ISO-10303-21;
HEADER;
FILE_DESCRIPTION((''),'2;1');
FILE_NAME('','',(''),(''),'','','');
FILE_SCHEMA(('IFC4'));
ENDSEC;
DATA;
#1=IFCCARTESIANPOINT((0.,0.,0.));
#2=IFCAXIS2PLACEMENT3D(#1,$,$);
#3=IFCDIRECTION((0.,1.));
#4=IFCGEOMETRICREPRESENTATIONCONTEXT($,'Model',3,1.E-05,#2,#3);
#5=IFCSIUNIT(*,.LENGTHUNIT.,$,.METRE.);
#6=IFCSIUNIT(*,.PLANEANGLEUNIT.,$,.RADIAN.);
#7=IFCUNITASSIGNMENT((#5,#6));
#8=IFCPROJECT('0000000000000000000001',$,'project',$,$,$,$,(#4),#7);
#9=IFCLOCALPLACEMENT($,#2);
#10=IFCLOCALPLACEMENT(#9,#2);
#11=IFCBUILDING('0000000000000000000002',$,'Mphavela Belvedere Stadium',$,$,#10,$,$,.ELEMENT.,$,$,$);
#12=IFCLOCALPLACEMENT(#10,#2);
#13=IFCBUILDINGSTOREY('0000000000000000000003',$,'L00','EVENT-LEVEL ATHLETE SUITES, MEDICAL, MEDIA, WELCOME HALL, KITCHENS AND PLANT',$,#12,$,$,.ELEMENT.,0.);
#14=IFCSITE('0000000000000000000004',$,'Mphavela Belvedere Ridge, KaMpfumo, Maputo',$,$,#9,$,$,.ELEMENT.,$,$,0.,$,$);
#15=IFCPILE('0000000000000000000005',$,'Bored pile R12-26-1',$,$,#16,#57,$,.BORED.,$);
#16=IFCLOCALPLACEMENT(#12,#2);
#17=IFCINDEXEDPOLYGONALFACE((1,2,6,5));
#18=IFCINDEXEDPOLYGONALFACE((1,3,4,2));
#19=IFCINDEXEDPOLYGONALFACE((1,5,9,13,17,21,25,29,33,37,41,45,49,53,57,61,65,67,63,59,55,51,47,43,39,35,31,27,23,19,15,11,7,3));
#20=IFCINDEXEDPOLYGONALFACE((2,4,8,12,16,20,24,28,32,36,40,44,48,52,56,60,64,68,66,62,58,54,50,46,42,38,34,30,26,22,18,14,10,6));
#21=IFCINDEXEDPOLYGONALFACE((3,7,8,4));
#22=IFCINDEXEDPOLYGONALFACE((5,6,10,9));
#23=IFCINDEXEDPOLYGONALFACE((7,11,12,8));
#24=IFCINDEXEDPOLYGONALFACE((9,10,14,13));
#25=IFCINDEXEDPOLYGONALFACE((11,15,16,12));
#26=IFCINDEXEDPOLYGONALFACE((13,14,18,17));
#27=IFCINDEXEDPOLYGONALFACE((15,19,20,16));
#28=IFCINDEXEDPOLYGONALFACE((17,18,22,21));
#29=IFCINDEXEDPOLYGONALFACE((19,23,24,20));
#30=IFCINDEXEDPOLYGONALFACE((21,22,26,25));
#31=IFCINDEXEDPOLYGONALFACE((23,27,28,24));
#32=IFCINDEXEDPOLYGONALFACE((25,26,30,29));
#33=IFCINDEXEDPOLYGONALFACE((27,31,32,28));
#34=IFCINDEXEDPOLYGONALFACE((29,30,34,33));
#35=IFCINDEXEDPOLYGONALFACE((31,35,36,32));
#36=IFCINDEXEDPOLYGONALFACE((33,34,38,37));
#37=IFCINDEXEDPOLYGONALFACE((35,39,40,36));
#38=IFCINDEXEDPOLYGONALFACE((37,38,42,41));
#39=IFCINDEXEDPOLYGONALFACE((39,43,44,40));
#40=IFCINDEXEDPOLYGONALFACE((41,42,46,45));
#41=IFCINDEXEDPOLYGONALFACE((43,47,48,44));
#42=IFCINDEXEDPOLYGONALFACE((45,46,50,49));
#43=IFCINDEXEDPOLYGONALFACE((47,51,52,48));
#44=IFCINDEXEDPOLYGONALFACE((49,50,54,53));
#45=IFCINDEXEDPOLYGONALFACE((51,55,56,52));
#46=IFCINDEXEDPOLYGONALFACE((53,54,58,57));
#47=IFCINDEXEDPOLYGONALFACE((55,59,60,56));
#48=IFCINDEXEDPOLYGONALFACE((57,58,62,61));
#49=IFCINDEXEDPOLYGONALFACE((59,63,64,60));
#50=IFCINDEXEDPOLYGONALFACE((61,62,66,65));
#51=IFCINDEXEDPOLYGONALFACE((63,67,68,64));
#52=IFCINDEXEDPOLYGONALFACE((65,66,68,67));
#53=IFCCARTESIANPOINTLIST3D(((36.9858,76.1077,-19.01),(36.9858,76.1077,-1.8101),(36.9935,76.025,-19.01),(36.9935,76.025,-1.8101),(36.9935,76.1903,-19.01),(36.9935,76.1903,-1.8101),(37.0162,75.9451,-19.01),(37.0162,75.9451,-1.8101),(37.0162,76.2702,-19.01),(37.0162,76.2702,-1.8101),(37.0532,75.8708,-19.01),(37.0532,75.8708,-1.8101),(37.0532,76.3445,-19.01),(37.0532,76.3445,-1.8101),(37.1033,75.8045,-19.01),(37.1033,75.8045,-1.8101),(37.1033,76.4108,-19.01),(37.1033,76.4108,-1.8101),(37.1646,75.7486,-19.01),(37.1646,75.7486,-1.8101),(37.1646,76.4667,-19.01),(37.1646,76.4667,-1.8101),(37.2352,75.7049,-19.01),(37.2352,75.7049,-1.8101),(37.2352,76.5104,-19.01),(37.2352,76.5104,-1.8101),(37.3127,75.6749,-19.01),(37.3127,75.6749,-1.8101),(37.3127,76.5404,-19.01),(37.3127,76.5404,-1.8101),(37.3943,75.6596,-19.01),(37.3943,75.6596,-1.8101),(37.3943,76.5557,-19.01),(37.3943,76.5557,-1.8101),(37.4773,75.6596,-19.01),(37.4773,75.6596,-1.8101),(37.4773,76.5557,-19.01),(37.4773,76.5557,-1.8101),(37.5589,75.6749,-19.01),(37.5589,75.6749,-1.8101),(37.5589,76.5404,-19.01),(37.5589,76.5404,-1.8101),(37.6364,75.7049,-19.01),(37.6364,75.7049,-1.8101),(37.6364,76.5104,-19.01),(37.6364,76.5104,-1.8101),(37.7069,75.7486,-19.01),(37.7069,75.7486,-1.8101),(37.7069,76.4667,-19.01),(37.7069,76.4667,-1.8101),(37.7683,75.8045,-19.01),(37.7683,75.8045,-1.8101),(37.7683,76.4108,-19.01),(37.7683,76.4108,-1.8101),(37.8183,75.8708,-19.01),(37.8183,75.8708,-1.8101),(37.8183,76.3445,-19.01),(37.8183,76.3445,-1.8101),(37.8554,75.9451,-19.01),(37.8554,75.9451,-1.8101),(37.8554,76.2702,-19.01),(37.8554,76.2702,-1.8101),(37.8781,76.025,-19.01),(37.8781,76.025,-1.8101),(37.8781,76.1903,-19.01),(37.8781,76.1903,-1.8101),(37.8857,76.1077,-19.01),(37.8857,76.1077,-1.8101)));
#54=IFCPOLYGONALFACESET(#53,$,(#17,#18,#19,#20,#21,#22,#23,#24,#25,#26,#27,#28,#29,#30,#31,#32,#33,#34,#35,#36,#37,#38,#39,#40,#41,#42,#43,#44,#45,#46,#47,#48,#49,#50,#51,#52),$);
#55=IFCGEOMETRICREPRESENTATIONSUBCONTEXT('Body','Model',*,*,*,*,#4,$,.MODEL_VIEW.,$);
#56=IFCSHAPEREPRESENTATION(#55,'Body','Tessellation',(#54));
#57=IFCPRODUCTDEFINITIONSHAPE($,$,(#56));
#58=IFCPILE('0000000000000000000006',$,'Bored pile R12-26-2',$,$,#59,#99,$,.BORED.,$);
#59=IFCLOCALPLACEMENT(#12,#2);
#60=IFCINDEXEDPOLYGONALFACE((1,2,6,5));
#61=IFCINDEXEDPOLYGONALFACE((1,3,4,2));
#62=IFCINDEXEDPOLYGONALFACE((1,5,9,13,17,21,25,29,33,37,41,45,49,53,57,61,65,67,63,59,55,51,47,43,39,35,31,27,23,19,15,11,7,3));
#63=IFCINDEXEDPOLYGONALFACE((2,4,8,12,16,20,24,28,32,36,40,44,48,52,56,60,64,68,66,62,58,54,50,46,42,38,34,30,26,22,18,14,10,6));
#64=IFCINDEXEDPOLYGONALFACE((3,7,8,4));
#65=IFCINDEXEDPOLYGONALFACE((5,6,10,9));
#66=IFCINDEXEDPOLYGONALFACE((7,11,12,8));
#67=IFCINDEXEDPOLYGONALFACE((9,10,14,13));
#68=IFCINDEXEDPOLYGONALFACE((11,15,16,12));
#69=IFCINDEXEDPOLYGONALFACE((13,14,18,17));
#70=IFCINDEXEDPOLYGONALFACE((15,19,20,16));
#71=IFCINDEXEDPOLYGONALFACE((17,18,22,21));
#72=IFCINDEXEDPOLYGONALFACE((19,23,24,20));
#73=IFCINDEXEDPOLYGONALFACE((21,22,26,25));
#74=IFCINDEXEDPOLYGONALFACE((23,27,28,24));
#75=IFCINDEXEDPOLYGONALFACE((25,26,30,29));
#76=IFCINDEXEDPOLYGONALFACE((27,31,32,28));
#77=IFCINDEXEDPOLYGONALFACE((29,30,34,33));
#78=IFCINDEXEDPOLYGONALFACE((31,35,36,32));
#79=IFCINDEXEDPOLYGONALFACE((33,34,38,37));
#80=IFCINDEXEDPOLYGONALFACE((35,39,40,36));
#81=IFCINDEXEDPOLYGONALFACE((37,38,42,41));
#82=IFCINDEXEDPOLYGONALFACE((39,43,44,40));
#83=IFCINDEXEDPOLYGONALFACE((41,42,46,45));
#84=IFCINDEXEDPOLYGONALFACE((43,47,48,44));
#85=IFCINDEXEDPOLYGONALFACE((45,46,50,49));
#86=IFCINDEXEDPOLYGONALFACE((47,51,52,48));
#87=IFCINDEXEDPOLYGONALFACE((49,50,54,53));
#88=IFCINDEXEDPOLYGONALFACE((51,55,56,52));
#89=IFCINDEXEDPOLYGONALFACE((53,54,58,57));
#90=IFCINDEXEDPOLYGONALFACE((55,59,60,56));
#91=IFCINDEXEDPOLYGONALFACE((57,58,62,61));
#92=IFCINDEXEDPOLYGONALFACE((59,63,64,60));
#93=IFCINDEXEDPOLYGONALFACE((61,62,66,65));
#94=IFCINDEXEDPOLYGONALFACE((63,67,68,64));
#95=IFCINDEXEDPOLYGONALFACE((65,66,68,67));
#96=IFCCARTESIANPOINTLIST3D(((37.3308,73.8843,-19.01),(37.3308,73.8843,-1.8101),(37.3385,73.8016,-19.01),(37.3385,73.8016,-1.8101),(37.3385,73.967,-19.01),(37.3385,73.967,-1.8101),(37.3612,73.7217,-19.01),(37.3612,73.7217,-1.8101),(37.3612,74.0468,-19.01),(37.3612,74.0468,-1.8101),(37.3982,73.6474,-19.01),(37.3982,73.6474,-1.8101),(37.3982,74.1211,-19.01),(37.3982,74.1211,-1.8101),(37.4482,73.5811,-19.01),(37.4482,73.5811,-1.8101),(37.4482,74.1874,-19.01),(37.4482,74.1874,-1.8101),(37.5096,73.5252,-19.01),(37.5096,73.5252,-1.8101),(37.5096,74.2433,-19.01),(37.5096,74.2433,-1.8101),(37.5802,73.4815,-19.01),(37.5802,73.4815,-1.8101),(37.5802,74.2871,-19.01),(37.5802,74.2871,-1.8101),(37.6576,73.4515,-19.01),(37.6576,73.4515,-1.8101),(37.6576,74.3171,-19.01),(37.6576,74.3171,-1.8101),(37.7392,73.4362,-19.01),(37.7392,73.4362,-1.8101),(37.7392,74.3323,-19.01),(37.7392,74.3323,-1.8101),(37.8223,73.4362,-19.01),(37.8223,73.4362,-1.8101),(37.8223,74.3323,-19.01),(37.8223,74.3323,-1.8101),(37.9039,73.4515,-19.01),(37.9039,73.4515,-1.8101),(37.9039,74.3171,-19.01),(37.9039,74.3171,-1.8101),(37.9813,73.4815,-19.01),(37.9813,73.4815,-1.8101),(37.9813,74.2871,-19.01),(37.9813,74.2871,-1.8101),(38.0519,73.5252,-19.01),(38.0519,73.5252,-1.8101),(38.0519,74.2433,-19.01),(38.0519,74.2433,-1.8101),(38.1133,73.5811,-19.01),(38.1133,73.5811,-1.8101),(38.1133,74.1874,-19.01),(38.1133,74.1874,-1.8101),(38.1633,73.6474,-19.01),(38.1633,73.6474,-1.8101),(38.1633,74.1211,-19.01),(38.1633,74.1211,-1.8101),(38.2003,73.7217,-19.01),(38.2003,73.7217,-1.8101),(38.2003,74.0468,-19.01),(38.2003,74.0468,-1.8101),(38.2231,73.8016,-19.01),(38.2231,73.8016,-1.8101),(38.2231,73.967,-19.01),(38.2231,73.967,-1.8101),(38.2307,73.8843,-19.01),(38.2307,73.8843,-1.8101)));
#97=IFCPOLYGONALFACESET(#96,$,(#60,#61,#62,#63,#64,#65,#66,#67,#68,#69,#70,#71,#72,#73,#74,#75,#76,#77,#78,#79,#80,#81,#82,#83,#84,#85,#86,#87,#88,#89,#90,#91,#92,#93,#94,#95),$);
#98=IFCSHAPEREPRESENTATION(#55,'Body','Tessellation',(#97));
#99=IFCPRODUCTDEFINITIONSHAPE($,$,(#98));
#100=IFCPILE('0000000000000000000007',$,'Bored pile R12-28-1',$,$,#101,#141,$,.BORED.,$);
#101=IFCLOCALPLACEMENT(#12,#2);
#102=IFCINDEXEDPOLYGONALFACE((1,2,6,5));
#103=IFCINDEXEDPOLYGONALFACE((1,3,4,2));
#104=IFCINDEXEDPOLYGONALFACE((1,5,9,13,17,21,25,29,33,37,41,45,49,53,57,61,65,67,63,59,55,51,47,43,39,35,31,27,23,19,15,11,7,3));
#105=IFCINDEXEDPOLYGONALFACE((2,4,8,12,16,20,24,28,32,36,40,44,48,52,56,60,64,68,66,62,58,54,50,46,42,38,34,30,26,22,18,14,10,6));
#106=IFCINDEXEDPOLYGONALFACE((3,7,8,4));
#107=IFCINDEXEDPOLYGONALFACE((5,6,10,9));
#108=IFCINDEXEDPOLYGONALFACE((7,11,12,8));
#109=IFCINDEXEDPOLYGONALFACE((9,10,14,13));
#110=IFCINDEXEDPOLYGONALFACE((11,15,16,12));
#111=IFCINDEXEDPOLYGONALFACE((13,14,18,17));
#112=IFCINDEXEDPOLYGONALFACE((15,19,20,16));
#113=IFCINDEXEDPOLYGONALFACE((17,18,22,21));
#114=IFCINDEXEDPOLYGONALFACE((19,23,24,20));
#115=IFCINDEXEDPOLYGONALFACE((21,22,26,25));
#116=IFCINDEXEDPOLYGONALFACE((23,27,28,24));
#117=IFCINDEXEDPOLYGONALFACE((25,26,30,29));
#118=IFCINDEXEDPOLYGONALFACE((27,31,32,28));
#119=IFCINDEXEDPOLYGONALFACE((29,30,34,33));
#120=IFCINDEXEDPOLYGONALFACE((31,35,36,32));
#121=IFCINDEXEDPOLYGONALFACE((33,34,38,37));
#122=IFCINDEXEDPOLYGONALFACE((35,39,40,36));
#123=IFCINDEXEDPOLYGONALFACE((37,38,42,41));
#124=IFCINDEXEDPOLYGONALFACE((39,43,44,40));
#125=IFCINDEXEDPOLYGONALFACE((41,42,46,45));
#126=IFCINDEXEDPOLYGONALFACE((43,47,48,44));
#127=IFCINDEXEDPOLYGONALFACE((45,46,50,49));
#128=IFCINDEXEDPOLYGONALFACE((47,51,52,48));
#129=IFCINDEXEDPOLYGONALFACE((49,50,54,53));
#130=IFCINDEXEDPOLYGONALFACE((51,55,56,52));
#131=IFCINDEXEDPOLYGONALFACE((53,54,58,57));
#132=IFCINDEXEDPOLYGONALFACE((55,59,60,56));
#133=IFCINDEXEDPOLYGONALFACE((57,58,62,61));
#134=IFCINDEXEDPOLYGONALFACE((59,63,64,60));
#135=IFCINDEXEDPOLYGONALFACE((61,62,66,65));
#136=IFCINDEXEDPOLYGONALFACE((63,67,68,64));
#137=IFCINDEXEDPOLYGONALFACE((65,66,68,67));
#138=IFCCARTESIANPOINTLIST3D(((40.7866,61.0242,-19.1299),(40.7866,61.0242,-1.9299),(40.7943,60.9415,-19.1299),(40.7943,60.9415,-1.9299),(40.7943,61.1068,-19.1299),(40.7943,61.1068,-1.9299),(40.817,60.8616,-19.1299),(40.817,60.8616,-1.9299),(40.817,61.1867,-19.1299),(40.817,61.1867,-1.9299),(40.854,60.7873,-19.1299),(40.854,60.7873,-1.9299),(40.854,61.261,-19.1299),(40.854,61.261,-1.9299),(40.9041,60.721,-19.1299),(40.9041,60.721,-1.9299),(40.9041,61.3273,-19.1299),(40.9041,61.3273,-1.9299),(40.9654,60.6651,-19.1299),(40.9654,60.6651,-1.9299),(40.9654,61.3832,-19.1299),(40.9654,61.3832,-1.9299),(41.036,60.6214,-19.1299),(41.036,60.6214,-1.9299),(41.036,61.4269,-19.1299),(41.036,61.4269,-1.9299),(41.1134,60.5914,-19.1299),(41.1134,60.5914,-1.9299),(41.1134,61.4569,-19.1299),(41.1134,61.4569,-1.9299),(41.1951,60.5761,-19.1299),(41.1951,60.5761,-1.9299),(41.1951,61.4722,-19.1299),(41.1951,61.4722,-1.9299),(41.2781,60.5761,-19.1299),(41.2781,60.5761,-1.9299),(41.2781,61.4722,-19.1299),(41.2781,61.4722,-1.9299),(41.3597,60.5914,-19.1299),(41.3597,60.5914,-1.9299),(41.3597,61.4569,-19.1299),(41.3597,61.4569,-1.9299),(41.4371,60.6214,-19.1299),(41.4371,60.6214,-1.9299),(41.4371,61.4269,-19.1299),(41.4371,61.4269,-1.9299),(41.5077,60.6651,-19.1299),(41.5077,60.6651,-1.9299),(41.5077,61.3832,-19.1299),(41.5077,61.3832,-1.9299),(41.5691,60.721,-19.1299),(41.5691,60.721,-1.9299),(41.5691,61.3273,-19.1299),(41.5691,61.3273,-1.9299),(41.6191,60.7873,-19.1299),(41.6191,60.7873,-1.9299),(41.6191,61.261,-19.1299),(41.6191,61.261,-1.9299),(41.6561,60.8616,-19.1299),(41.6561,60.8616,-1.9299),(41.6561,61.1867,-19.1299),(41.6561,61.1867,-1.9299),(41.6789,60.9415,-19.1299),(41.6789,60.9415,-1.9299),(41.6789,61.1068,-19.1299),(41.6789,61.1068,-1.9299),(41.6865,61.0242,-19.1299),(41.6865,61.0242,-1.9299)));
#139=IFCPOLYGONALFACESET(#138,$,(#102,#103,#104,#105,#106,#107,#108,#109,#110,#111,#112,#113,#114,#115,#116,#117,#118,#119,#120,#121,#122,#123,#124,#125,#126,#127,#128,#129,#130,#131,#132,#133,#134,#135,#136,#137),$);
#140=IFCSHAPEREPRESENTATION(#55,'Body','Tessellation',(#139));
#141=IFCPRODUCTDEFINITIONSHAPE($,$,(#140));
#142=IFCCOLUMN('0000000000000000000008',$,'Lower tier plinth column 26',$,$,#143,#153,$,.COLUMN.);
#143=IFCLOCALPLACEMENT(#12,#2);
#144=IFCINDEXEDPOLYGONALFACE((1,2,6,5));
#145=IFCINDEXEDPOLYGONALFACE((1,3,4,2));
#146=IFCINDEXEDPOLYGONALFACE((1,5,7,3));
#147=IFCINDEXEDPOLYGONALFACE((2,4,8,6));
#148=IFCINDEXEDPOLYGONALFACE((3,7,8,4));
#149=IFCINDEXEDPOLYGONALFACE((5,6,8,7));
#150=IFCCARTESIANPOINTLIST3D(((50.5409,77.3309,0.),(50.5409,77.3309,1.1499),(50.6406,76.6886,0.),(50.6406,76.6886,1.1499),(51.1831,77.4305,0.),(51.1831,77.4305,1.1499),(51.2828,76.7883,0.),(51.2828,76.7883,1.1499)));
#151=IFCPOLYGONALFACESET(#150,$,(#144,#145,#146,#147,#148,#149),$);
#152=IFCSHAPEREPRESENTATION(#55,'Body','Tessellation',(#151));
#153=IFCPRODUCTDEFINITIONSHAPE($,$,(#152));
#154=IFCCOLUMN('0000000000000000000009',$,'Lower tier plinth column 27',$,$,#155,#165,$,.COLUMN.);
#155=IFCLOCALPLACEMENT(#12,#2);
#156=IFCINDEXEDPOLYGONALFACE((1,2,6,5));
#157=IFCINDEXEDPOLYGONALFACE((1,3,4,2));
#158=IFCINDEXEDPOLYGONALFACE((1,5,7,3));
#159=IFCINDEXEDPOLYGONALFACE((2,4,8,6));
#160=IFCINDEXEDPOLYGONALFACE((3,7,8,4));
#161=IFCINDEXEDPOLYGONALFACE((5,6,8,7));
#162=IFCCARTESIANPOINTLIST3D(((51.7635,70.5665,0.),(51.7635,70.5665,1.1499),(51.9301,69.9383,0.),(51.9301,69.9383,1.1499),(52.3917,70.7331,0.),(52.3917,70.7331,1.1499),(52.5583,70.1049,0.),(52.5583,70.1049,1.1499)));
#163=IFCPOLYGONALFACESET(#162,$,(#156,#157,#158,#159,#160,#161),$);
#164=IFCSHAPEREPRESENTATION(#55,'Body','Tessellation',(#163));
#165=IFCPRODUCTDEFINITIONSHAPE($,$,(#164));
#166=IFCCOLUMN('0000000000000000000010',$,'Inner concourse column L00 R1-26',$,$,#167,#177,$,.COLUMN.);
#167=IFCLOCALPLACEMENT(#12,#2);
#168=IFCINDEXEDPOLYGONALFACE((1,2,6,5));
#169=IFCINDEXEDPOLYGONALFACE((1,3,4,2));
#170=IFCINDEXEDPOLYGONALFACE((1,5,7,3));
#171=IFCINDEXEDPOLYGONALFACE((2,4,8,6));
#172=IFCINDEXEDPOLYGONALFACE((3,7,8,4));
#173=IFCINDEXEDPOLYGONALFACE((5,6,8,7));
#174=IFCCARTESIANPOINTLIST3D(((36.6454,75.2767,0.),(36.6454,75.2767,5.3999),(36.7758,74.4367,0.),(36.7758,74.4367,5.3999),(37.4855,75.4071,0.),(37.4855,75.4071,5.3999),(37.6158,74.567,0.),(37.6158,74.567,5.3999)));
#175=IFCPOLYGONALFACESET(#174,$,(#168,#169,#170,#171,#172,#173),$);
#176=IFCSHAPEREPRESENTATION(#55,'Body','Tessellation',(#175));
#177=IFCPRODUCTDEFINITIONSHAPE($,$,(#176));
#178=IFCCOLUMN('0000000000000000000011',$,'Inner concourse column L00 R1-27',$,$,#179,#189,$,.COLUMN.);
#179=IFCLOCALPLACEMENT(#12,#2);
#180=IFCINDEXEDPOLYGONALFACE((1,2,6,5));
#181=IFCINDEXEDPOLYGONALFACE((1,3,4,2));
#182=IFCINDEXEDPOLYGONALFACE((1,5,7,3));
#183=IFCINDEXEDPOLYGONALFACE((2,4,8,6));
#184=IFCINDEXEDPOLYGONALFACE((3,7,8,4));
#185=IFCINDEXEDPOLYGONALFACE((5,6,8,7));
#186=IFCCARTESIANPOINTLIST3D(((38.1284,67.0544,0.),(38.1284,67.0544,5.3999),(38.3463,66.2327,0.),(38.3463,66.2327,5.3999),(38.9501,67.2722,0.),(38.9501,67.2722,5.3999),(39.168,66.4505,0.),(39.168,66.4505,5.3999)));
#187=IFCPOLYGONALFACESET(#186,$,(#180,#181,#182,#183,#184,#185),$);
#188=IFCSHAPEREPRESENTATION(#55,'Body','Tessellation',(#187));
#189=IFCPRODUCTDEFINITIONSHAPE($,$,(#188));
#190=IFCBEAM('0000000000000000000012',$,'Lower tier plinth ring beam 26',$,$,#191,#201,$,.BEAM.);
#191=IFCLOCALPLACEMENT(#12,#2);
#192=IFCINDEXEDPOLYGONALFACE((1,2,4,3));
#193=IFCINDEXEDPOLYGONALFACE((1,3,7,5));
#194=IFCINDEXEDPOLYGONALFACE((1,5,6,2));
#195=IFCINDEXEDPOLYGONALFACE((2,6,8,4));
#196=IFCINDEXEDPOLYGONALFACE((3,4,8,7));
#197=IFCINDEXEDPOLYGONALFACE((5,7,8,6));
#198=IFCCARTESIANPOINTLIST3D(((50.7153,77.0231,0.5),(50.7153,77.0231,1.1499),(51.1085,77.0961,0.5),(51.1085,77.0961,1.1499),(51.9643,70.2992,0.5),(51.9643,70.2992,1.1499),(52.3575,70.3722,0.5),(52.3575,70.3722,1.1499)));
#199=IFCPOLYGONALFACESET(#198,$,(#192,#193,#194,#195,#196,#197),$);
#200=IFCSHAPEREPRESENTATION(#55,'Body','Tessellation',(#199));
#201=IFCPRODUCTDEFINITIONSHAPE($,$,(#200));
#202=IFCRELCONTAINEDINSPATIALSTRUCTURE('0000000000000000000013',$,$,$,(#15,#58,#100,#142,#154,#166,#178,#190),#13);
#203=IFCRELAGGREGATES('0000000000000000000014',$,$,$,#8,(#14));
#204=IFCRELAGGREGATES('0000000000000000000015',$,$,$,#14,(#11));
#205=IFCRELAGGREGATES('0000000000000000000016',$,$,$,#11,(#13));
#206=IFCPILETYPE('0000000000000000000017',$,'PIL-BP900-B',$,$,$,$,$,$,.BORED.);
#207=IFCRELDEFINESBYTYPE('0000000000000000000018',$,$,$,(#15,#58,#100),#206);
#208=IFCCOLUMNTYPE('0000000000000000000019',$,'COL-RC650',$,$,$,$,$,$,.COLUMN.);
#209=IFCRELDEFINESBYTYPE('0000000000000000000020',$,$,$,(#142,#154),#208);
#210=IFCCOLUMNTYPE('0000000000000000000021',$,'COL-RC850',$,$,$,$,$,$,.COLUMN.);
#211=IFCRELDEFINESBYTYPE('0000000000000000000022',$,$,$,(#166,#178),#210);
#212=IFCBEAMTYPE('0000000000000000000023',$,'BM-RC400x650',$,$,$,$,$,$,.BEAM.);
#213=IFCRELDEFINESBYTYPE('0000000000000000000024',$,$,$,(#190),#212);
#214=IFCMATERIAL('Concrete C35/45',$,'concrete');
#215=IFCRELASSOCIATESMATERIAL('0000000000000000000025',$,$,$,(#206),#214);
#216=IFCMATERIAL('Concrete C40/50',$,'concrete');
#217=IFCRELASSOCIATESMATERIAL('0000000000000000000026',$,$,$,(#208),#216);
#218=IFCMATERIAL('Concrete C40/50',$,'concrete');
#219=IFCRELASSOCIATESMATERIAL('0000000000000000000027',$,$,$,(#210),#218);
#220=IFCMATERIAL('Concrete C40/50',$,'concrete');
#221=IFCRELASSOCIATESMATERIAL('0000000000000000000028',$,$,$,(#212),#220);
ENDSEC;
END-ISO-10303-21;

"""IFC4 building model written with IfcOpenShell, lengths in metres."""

from ifc_helpers import new_model, si_unit, direction, frame, origin, origin_2d, place, context, subcontext, project, spatial, rectangle, circle, extrude, material, material_profile, profile_set, type_object, element, save


model = new_model("IFC4")

# Units and contexts
model_context = context("Model", 3, precision=1e-05, world=origin(), true_north=direction((0.0, 1.0)))
body_context = subcontext(model_context, "Body", "Model", "MODEL_VIEW")
ifc_project = project(units=[si_unit("LENGTHUNIT", "METRE"), si_unit("PLANEANGLEUNIT", "RADIAN")], contexts=[model_context])

# Site, building, storey
site_placement = place(None, origin())
site = spatial("IfcSite", under=ifc_project, at=site_placement, Name="Mphavela Belvedere Ridge, KaMpfumo, Maputo", CompositionType="ELEMENT", RefElevation=0.0)
building_placement = place(site_placement, origin())
building = spatial("IfcBuilding", under=site, at=building_placement, Name="Mphavela Belvedere Stadium", CompositionType="ELEMENT")
storey_placement = place(building_placement, origin())
storey = spatial("IfcBuildingStorey", under=building, at=storey_placement, Name="L00", Description="EVENT-LEVEL ATHLETE SUITES, MEDICAL, MEDIA, WELCOME HALL, KITCHENS AND PLANT", CompositionType="ELEMENT", Elevation=0.0)

# Piles
ifc_material_1 = material(Name="Concrete C35/45", Category="concrete")
ifc_material_profile_1 = material_profile(ifc_material_1, circle(Radius=0.45, at=origin_2d()), Name="BP D900")
ifc_profile_set_1 = profile_set([ifc_material_profile_1], Name="Concrete C35/45")
pile_type_1 = type_object("IfcPileType", Name="PIL-BP900-B", PredefinedType="BORED", material=ifc_profile_set_1)
for number, where, z_axis, x_axis, name in (
    (1, (37.4358, 76.1077, -1.8101), (0.0, 0.0, -1.0), (1.0, 0.0, 0.0), "Bored pile R12-26-1"),
    (2, (37.7808, 73.8843, -1.8101), (0.0, 0.0, -1.0), (1.0, 0.0, 0.0), "Bored pile R12-26-2"),
    (3, (41.2366, 61.0242, -1.9299), (0.0, 0.0, -1.0), (1.0, 0.0, 0.0), "Bored pile R12-28-1"),
):
    element("IfcPile", number, at=place(storey_placement, frame(where, z_axis=z_axis, x_axis=x_axis)), inside=storey, type_object=pile_type_1, Name=name, PredefinedType="BORED", context=body_context, shape_type="SweptSolid", body=[
        extrude(circle(Radius=0.45, at=origin_2d()), origin(), (0.0, 0.0, 1.0), 17.2),
    ])

# Columns
ifc_material_2 = material(Name="Concrete C40/50", Category="concrete")
ifc_material_profile_2 = material_profile(ifc_material_2, rectangle(XDim=0.6499, YDim=0.6499, at=origin_2d()), Name="RC 650x650")
ifc_profile_set_2 = profile_set([ifc_material_profile_2], Name="Concrete C40/50")
column_type_1 = type_object("IfcColumnType", Name="COL-RC650", PredefinedType="COLUMN", material=ifc_profile_set_2)
for number, where, z_axis, x_axis, name in (
    (4, (50.9119, 77.0596, 0.0), (0.0, 0.0, 1.0), (-0.988175, -0.153331, 0.0), "Lower tier plinth column 26"),
    (5, (52.1609, 70.3357, 0.0), (0.0, 0.0, 1.0), (-0.9666, -0.256289, 0.0), "Lower tier plinth column 27"),
):
    element("IfcColumn", number, at=place(storey_placement, frame(where, z_axis=z_axis, x_axis=x_axis)), inside=storey, type_object=column_type_1, Name=name, PredefinedType="COLUMN", context=body_context, shape_type="SweptSolid", body=[
        extrude(rectangle(XDim=0.6499, YDim=0.6499, at=origin_2d()), origin(), (0.0, 0.0, 1.0), 1.1499),
    ])
ifc_material_3 = material(Name="Concrete C40/50", Category="concrete")
ifc_material_profile_3 = material_profile(ifc_material_3, rectangle(XDim=0.8501, YDim=0.8501, at=origin_2d()), Name="RC 850x850")
ifc_profile_set_3 = profile_set([ifc_material_profile_3], Name="Concrete C40/50")
column_type_2 = type_object("IfcColumnType", Name="COL-RC850", PredefinedType="COLUMN", material=ifc_profile_set_3)
for number, where, z_axis, x_axis, name in (
    (6, (37.1306, 74.9219, 0.0), (0.0, 0.0, 1.0), (-0.988175, -0.153331, 0.0), "Inner concourse column L00 R1-26"),
    (7, (38.6482, 66.7524, 0.0), (0.0, 0.0, 1.0), (-0.9666, -0.256289, 0.0), "Inner concourse column L00 R1-27"),
):
    element("IfcColumn", number, at=place(storey_placement, frame(where, z_axis=z_axis, x_axis=x_axis)), inside=storey, type_object=column_type_2, Name=name, PredefinedType="COLUMN", context=body_context, shape_type="SweptSolid", body=[
        extrude(rectangle(XDim=0.8501, YDim=0.8501, at=origin_2d()), origin(), (0.0, 0.0, 1.0), 5.3999),
    ])

# Beam
ifc_material_4 = material(Name="Concrete C40/50", Category="concrete")
ifc_material_profile_4 = material_profile(ifc_material_4, rectangle(XDim=0.3999, YDim=0.6499, at=origin_2d()), Name="RC 400x650")
ifc_profile_set_4 = profile_set([ifc_material_profile_4], Name="Concrete C40/50")
beam_type_1 = type_object("IfcBeamType", Name="BM-RC400x650", PredefinedType="BEAM", material=ifc_profile_set_4)
beam_1_placement = place(storey_placement, frame((50.9119, 77.0596, 0.825), z_axis=(0.182635, -0.983181, 0.0), x_axis=(0.983181, 0.182635, 0.0)))
element("IfcBeam", 8, at=beam_1_placement, inside=storey, type_object=beam_type_1, Name="Lower tier plinth ring beam 26", PredefinedType="BEAM", context=body_context, shape_type="SweptSolid", body=[
    extrude(rectangle(XDim=0.3999, YDim=0.6499, at=origin_2d()), origin(), (0.0, 0.0, 1.0), 6.8389),
])

save(model, "model.ifc")
